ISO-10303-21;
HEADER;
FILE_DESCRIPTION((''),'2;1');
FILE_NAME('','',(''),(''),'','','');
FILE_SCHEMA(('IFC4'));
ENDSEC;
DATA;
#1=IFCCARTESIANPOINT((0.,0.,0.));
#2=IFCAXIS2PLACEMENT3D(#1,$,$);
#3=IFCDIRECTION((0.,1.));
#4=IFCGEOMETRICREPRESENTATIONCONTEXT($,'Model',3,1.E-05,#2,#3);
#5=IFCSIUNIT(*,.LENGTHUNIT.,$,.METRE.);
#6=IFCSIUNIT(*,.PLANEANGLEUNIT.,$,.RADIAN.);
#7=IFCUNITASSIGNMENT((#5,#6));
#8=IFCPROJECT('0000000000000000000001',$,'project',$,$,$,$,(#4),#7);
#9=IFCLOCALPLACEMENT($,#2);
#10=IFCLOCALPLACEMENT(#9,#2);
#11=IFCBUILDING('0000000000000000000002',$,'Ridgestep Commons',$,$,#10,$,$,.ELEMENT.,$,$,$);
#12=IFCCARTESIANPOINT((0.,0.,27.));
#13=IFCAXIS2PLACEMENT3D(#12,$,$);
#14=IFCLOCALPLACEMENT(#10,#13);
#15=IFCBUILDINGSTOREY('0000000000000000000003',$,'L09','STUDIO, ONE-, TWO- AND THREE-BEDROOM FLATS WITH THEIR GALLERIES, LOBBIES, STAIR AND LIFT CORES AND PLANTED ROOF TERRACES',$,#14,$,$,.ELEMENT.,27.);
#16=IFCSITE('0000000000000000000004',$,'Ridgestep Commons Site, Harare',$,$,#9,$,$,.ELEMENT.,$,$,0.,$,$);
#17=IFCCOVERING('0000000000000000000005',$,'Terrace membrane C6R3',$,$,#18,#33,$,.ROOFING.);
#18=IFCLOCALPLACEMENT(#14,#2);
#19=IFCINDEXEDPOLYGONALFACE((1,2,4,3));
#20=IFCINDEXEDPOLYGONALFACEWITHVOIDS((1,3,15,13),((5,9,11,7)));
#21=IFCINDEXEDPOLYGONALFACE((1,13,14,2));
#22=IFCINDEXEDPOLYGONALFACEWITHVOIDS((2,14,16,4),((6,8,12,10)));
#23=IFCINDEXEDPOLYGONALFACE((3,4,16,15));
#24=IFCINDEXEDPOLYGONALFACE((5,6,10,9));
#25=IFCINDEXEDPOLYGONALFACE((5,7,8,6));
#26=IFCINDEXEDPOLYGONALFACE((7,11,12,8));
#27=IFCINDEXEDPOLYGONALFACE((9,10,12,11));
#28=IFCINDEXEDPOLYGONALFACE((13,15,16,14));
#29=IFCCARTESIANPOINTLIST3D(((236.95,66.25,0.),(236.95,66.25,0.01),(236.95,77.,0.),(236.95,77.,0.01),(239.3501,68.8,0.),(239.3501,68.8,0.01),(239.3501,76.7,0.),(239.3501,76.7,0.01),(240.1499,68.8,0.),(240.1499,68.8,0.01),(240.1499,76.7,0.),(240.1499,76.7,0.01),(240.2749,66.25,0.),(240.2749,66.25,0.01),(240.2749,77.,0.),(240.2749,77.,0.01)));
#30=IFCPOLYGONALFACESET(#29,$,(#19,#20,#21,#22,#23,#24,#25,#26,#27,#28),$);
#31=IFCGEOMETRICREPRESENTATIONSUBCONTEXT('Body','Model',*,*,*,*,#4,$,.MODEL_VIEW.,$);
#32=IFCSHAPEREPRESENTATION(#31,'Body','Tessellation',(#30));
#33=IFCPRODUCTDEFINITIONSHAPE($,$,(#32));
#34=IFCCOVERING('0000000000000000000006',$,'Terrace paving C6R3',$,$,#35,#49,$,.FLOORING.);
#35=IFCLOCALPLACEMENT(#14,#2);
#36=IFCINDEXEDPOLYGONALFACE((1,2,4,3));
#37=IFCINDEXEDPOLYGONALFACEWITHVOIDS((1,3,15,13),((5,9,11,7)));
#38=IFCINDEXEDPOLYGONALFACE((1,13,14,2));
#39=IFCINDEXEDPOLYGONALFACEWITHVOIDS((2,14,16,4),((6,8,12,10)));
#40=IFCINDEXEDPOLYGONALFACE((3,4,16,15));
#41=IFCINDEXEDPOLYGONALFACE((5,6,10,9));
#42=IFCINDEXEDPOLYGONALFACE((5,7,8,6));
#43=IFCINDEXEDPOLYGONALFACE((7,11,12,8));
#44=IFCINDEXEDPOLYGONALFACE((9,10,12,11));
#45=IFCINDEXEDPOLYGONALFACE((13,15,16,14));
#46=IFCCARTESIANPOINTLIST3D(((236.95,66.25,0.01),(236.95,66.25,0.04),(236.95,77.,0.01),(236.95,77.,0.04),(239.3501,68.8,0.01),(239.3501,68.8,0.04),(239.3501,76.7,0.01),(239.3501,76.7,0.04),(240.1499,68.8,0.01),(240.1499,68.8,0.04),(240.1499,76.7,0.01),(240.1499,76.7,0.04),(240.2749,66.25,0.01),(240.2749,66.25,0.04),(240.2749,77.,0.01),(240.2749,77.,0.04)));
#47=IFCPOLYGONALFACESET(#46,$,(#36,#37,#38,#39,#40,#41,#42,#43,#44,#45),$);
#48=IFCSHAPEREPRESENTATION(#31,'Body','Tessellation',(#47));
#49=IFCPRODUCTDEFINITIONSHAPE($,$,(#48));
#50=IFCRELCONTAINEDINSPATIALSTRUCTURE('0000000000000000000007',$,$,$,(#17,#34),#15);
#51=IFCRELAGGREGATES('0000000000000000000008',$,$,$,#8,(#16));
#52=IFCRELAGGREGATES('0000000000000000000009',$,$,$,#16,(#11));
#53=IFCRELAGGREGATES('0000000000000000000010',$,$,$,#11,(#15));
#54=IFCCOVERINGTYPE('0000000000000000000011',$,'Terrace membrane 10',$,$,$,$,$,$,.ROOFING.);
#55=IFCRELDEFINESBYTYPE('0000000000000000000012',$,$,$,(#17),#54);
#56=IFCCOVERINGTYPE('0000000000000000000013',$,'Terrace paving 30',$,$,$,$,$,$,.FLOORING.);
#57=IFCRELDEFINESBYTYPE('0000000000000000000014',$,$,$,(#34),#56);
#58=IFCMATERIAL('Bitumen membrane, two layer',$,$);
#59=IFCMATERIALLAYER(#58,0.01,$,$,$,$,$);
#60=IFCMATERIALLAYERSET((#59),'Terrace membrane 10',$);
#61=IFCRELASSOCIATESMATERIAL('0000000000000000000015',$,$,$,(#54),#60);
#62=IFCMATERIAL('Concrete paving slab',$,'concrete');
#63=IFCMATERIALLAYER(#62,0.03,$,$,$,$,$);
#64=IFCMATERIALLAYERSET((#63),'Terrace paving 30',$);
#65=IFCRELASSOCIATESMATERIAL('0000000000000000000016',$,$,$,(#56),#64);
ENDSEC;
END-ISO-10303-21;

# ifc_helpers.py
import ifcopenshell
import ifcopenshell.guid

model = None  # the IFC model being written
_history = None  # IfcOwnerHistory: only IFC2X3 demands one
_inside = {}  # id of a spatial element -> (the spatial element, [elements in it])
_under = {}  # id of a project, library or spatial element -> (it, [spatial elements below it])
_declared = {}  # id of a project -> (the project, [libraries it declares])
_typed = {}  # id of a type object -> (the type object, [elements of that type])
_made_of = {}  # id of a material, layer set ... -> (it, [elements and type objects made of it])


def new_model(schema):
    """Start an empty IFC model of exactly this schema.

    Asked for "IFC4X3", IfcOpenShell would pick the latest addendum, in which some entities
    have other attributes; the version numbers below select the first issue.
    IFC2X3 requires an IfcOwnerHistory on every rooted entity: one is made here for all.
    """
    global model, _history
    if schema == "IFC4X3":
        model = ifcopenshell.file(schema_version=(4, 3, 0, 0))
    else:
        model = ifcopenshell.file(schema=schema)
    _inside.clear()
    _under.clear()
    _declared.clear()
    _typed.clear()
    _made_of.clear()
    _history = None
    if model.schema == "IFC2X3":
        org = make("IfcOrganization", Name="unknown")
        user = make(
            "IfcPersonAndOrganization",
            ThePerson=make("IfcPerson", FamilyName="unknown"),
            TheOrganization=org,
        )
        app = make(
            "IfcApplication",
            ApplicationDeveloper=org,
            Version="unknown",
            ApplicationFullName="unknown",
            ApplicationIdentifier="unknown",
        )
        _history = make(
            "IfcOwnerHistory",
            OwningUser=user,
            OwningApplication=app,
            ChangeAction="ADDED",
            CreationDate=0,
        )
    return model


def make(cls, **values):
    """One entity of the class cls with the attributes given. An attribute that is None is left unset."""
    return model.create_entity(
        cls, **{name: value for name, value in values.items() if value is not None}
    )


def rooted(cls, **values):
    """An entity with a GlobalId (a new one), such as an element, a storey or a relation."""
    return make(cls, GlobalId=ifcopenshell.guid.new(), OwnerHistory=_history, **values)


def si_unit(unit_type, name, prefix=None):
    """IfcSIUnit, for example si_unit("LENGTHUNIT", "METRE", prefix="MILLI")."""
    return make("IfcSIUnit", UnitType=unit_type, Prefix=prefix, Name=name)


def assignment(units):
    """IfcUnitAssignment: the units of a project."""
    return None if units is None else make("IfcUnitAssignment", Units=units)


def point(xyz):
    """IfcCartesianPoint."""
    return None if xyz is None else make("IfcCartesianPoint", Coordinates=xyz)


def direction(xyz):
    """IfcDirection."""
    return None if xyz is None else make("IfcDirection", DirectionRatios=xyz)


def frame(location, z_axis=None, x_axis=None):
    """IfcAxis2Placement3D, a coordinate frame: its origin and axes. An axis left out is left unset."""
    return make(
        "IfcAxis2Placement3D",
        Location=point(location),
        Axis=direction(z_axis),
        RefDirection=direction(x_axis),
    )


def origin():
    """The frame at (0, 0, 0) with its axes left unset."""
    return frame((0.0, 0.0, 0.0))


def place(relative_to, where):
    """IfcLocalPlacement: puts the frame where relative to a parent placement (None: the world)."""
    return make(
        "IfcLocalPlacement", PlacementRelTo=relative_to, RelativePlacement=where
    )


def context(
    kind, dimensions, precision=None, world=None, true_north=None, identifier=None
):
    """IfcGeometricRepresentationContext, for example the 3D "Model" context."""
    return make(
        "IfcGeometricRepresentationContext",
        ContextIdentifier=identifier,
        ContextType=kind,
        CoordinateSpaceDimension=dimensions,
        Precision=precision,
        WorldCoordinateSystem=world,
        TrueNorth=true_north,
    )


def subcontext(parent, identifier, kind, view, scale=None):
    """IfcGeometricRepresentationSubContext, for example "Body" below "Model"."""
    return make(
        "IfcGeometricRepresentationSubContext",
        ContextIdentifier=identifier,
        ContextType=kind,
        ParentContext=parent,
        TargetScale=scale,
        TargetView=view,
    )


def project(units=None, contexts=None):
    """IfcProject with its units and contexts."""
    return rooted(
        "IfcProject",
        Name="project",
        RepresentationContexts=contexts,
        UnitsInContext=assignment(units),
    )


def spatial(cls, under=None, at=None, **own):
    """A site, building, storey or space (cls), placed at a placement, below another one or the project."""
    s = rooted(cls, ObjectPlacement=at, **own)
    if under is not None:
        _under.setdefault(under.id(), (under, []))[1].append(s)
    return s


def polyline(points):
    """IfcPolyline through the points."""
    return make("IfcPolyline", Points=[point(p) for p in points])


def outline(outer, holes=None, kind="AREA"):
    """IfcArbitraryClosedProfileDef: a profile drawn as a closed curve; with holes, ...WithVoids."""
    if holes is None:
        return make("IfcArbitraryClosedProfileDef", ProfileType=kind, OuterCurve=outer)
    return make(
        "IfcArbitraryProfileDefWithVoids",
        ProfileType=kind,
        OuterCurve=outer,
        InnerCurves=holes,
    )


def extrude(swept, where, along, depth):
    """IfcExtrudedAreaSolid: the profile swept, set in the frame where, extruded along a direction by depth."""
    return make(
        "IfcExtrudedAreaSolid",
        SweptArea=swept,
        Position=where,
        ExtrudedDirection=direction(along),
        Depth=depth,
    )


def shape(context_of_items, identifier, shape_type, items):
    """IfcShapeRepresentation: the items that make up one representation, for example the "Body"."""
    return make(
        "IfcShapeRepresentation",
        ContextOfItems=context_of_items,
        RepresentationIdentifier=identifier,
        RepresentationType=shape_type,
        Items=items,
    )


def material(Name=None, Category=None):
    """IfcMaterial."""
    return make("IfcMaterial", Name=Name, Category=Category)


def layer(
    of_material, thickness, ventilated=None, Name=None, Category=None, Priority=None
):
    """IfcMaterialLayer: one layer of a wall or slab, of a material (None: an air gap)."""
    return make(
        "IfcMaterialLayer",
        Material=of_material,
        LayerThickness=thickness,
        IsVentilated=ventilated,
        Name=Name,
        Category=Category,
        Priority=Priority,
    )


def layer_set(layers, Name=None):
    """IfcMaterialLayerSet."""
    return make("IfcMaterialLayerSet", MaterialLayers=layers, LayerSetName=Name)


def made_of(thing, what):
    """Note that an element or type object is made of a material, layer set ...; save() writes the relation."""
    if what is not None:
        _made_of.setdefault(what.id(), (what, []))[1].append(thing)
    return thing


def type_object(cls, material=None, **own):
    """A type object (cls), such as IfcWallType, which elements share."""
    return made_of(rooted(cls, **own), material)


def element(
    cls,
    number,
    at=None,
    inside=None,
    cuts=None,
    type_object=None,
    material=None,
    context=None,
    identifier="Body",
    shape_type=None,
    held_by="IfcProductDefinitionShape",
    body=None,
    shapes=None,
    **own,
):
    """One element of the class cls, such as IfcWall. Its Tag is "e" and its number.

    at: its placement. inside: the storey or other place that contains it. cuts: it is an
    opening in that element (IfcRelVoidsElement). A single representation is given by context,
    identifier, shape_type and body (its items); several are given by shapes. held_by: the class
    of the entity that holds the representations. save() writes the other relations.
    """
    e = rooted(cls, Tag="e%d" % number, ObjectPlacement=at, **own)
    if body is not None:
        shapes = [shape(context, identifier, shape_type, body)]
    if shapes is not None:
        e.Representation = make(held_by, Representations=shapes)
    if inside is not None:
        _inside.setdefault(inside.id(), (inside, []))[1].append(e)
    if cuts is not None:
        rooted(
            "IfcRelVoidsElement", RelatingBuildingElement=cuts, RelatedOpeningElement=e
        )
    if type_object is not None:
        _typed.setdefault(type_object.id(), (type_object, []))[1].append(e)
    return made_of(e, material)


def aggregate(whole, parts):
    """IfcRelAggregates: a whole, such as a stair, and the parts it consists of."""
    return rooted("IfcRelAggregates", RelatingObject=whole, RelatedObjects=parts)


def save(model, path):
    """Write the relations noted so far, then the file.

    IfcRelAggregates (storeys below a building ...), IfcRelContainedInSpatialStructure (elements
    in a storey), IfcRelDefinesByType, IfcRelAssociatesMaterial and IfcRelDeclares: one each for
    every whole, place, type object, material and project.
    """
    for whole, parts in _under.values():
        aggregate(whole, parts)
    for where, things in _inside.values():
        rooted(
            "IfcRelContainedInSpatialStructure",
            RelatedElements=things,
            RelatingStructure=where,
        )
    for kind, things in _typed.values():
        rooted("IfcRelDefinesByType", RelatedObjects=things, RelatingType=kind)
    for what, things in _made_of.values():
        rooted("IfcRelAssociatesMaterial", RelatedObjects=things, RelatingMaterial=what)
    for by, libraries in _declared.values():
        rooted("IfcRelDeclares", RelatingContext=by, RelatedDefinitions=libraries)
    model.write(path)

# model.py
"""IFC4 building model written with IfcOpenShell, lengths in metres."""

from ifc_helpers import new_model, si_unit, direction, frame, origin, place, context, subcontext, project, spatial, polyline, outline, extrude, material, layer, layer_set, type_object, element, save


model = new_model("IFC4")

# Units and contexts
model_context = context("Model", 3, precision=1e-05, world=origin(), true_north=direction((0.0, 1.0)))
body_context = subcontext(model_context, "Body", "Model", "MODEL_VIEW")
ifc_project = project(units=[si_unit("LENGTHUNIT", "METRE"), si_unit("PLANEANGLEUNIT", "RADIAN")], contexts=[model_context])

# Site, building, storey
site_placement = place(None, origin())
site = spatial("IfcSite", under=ifc_project, at=site_placement, Name="Ridgestep Commons Site, Harare", CompositionType="ELEMENT", RefElevation=0.0)
building_placement = place(site_placement, origin())
building = spatial("IfcBuilding", under=site, at=building_placement, Name="Ridgestep Commons", CompositionType="ELEMENT")
storey_placement = place(building_placement, frame((0.0, 0.0, 27.0)))
storey = spatial("IfcBuildingStorey", under=building, at=storey_placement, Name="L09", Description="STUDIO, ONE-, TWO- AND THREE-BEDROOM FLATS WITH THEIR GALLERIES, LOBBIES, STAIR AND LIFT CORES AND PLANTED ROOF TERRACES", CompositionType="ELEMENT", Elevation=27.0)

# Coverings
ifc_material_1 = material(Name="Bitumen membrane, two layer")
ifc_layer_1 = layer(ifc_material_1, 0.01)
ifc_layer_set_1 = layer_set([ifc_layer_1], Name="Terrace membrane 10")
covering_type_1 = type_object("IfcCoveringType", Name="Terrace membrane 10", PredefinedType="ROOFING", material=ifc_layer_set_1)
covering_1_placement = place(storey_placement, origin())
element("IfcCovering", 1, at=covering_1_placement, inside=storey, type_object=covering_type_1, Name="Terrace membrane C6R3", PredefinedType="ROOFING", context=body_context, shape_type="SweptSolid", body=[
    extrude(outline(polyline([(240.2749, 66.25), (240.2749, 77.0), (236.95, 77.0), (236.95, 66.25), (240.2749, 66.25)]), holes=[polyline([(240.1499, 68.8), (240.1499, 76.7), (239.3501, 76.7), (239.3501, 68.8), (240.1499, 68.8)])]), origin(), (0.0, 0.0, 1.0), 0.01),
])
ifc_material_2 = material(Name="Concrete paving slab", Category="concrete")
ifc_layer_2 = layer(ifc_material_2, 0.03)
ifc_layer_set_2 = layer_set([ifc_layer_2], Name="Terrace paving 30")
covering_type_2 = type_object("IfcCoveringType", Name="Terrace paving 30", PredefinedType="FLOORING", material=ifc_layer_set_2)
covering_2_placement = place(storey_placement, frame((0.0, 0.0, 0.01)))
element("IfcCovering", 2, at=covering_2_placement, inside=storey, type_object=covering_type_2, Name="Terrace paving C6R3", PredefinedType="FLOORING", context=body_context, shape_type="SweptSolid", body=[
    extrude(outline(polyline([(240.2749, 66.25), (240.2749, 77.0), (236.95, 77.0), (236.95, 66.25), (240.2749, 66.25)]), holes=[polyline([(240.1499, 68.8), (240.1499, 76.7), (239.3501, 76.7), (239.3501, 68.8), (240.1499, 68.8)])]), origin(), (0.0, 0.0, 1.0), 0.03),
])

save(model, "model.ifc")
